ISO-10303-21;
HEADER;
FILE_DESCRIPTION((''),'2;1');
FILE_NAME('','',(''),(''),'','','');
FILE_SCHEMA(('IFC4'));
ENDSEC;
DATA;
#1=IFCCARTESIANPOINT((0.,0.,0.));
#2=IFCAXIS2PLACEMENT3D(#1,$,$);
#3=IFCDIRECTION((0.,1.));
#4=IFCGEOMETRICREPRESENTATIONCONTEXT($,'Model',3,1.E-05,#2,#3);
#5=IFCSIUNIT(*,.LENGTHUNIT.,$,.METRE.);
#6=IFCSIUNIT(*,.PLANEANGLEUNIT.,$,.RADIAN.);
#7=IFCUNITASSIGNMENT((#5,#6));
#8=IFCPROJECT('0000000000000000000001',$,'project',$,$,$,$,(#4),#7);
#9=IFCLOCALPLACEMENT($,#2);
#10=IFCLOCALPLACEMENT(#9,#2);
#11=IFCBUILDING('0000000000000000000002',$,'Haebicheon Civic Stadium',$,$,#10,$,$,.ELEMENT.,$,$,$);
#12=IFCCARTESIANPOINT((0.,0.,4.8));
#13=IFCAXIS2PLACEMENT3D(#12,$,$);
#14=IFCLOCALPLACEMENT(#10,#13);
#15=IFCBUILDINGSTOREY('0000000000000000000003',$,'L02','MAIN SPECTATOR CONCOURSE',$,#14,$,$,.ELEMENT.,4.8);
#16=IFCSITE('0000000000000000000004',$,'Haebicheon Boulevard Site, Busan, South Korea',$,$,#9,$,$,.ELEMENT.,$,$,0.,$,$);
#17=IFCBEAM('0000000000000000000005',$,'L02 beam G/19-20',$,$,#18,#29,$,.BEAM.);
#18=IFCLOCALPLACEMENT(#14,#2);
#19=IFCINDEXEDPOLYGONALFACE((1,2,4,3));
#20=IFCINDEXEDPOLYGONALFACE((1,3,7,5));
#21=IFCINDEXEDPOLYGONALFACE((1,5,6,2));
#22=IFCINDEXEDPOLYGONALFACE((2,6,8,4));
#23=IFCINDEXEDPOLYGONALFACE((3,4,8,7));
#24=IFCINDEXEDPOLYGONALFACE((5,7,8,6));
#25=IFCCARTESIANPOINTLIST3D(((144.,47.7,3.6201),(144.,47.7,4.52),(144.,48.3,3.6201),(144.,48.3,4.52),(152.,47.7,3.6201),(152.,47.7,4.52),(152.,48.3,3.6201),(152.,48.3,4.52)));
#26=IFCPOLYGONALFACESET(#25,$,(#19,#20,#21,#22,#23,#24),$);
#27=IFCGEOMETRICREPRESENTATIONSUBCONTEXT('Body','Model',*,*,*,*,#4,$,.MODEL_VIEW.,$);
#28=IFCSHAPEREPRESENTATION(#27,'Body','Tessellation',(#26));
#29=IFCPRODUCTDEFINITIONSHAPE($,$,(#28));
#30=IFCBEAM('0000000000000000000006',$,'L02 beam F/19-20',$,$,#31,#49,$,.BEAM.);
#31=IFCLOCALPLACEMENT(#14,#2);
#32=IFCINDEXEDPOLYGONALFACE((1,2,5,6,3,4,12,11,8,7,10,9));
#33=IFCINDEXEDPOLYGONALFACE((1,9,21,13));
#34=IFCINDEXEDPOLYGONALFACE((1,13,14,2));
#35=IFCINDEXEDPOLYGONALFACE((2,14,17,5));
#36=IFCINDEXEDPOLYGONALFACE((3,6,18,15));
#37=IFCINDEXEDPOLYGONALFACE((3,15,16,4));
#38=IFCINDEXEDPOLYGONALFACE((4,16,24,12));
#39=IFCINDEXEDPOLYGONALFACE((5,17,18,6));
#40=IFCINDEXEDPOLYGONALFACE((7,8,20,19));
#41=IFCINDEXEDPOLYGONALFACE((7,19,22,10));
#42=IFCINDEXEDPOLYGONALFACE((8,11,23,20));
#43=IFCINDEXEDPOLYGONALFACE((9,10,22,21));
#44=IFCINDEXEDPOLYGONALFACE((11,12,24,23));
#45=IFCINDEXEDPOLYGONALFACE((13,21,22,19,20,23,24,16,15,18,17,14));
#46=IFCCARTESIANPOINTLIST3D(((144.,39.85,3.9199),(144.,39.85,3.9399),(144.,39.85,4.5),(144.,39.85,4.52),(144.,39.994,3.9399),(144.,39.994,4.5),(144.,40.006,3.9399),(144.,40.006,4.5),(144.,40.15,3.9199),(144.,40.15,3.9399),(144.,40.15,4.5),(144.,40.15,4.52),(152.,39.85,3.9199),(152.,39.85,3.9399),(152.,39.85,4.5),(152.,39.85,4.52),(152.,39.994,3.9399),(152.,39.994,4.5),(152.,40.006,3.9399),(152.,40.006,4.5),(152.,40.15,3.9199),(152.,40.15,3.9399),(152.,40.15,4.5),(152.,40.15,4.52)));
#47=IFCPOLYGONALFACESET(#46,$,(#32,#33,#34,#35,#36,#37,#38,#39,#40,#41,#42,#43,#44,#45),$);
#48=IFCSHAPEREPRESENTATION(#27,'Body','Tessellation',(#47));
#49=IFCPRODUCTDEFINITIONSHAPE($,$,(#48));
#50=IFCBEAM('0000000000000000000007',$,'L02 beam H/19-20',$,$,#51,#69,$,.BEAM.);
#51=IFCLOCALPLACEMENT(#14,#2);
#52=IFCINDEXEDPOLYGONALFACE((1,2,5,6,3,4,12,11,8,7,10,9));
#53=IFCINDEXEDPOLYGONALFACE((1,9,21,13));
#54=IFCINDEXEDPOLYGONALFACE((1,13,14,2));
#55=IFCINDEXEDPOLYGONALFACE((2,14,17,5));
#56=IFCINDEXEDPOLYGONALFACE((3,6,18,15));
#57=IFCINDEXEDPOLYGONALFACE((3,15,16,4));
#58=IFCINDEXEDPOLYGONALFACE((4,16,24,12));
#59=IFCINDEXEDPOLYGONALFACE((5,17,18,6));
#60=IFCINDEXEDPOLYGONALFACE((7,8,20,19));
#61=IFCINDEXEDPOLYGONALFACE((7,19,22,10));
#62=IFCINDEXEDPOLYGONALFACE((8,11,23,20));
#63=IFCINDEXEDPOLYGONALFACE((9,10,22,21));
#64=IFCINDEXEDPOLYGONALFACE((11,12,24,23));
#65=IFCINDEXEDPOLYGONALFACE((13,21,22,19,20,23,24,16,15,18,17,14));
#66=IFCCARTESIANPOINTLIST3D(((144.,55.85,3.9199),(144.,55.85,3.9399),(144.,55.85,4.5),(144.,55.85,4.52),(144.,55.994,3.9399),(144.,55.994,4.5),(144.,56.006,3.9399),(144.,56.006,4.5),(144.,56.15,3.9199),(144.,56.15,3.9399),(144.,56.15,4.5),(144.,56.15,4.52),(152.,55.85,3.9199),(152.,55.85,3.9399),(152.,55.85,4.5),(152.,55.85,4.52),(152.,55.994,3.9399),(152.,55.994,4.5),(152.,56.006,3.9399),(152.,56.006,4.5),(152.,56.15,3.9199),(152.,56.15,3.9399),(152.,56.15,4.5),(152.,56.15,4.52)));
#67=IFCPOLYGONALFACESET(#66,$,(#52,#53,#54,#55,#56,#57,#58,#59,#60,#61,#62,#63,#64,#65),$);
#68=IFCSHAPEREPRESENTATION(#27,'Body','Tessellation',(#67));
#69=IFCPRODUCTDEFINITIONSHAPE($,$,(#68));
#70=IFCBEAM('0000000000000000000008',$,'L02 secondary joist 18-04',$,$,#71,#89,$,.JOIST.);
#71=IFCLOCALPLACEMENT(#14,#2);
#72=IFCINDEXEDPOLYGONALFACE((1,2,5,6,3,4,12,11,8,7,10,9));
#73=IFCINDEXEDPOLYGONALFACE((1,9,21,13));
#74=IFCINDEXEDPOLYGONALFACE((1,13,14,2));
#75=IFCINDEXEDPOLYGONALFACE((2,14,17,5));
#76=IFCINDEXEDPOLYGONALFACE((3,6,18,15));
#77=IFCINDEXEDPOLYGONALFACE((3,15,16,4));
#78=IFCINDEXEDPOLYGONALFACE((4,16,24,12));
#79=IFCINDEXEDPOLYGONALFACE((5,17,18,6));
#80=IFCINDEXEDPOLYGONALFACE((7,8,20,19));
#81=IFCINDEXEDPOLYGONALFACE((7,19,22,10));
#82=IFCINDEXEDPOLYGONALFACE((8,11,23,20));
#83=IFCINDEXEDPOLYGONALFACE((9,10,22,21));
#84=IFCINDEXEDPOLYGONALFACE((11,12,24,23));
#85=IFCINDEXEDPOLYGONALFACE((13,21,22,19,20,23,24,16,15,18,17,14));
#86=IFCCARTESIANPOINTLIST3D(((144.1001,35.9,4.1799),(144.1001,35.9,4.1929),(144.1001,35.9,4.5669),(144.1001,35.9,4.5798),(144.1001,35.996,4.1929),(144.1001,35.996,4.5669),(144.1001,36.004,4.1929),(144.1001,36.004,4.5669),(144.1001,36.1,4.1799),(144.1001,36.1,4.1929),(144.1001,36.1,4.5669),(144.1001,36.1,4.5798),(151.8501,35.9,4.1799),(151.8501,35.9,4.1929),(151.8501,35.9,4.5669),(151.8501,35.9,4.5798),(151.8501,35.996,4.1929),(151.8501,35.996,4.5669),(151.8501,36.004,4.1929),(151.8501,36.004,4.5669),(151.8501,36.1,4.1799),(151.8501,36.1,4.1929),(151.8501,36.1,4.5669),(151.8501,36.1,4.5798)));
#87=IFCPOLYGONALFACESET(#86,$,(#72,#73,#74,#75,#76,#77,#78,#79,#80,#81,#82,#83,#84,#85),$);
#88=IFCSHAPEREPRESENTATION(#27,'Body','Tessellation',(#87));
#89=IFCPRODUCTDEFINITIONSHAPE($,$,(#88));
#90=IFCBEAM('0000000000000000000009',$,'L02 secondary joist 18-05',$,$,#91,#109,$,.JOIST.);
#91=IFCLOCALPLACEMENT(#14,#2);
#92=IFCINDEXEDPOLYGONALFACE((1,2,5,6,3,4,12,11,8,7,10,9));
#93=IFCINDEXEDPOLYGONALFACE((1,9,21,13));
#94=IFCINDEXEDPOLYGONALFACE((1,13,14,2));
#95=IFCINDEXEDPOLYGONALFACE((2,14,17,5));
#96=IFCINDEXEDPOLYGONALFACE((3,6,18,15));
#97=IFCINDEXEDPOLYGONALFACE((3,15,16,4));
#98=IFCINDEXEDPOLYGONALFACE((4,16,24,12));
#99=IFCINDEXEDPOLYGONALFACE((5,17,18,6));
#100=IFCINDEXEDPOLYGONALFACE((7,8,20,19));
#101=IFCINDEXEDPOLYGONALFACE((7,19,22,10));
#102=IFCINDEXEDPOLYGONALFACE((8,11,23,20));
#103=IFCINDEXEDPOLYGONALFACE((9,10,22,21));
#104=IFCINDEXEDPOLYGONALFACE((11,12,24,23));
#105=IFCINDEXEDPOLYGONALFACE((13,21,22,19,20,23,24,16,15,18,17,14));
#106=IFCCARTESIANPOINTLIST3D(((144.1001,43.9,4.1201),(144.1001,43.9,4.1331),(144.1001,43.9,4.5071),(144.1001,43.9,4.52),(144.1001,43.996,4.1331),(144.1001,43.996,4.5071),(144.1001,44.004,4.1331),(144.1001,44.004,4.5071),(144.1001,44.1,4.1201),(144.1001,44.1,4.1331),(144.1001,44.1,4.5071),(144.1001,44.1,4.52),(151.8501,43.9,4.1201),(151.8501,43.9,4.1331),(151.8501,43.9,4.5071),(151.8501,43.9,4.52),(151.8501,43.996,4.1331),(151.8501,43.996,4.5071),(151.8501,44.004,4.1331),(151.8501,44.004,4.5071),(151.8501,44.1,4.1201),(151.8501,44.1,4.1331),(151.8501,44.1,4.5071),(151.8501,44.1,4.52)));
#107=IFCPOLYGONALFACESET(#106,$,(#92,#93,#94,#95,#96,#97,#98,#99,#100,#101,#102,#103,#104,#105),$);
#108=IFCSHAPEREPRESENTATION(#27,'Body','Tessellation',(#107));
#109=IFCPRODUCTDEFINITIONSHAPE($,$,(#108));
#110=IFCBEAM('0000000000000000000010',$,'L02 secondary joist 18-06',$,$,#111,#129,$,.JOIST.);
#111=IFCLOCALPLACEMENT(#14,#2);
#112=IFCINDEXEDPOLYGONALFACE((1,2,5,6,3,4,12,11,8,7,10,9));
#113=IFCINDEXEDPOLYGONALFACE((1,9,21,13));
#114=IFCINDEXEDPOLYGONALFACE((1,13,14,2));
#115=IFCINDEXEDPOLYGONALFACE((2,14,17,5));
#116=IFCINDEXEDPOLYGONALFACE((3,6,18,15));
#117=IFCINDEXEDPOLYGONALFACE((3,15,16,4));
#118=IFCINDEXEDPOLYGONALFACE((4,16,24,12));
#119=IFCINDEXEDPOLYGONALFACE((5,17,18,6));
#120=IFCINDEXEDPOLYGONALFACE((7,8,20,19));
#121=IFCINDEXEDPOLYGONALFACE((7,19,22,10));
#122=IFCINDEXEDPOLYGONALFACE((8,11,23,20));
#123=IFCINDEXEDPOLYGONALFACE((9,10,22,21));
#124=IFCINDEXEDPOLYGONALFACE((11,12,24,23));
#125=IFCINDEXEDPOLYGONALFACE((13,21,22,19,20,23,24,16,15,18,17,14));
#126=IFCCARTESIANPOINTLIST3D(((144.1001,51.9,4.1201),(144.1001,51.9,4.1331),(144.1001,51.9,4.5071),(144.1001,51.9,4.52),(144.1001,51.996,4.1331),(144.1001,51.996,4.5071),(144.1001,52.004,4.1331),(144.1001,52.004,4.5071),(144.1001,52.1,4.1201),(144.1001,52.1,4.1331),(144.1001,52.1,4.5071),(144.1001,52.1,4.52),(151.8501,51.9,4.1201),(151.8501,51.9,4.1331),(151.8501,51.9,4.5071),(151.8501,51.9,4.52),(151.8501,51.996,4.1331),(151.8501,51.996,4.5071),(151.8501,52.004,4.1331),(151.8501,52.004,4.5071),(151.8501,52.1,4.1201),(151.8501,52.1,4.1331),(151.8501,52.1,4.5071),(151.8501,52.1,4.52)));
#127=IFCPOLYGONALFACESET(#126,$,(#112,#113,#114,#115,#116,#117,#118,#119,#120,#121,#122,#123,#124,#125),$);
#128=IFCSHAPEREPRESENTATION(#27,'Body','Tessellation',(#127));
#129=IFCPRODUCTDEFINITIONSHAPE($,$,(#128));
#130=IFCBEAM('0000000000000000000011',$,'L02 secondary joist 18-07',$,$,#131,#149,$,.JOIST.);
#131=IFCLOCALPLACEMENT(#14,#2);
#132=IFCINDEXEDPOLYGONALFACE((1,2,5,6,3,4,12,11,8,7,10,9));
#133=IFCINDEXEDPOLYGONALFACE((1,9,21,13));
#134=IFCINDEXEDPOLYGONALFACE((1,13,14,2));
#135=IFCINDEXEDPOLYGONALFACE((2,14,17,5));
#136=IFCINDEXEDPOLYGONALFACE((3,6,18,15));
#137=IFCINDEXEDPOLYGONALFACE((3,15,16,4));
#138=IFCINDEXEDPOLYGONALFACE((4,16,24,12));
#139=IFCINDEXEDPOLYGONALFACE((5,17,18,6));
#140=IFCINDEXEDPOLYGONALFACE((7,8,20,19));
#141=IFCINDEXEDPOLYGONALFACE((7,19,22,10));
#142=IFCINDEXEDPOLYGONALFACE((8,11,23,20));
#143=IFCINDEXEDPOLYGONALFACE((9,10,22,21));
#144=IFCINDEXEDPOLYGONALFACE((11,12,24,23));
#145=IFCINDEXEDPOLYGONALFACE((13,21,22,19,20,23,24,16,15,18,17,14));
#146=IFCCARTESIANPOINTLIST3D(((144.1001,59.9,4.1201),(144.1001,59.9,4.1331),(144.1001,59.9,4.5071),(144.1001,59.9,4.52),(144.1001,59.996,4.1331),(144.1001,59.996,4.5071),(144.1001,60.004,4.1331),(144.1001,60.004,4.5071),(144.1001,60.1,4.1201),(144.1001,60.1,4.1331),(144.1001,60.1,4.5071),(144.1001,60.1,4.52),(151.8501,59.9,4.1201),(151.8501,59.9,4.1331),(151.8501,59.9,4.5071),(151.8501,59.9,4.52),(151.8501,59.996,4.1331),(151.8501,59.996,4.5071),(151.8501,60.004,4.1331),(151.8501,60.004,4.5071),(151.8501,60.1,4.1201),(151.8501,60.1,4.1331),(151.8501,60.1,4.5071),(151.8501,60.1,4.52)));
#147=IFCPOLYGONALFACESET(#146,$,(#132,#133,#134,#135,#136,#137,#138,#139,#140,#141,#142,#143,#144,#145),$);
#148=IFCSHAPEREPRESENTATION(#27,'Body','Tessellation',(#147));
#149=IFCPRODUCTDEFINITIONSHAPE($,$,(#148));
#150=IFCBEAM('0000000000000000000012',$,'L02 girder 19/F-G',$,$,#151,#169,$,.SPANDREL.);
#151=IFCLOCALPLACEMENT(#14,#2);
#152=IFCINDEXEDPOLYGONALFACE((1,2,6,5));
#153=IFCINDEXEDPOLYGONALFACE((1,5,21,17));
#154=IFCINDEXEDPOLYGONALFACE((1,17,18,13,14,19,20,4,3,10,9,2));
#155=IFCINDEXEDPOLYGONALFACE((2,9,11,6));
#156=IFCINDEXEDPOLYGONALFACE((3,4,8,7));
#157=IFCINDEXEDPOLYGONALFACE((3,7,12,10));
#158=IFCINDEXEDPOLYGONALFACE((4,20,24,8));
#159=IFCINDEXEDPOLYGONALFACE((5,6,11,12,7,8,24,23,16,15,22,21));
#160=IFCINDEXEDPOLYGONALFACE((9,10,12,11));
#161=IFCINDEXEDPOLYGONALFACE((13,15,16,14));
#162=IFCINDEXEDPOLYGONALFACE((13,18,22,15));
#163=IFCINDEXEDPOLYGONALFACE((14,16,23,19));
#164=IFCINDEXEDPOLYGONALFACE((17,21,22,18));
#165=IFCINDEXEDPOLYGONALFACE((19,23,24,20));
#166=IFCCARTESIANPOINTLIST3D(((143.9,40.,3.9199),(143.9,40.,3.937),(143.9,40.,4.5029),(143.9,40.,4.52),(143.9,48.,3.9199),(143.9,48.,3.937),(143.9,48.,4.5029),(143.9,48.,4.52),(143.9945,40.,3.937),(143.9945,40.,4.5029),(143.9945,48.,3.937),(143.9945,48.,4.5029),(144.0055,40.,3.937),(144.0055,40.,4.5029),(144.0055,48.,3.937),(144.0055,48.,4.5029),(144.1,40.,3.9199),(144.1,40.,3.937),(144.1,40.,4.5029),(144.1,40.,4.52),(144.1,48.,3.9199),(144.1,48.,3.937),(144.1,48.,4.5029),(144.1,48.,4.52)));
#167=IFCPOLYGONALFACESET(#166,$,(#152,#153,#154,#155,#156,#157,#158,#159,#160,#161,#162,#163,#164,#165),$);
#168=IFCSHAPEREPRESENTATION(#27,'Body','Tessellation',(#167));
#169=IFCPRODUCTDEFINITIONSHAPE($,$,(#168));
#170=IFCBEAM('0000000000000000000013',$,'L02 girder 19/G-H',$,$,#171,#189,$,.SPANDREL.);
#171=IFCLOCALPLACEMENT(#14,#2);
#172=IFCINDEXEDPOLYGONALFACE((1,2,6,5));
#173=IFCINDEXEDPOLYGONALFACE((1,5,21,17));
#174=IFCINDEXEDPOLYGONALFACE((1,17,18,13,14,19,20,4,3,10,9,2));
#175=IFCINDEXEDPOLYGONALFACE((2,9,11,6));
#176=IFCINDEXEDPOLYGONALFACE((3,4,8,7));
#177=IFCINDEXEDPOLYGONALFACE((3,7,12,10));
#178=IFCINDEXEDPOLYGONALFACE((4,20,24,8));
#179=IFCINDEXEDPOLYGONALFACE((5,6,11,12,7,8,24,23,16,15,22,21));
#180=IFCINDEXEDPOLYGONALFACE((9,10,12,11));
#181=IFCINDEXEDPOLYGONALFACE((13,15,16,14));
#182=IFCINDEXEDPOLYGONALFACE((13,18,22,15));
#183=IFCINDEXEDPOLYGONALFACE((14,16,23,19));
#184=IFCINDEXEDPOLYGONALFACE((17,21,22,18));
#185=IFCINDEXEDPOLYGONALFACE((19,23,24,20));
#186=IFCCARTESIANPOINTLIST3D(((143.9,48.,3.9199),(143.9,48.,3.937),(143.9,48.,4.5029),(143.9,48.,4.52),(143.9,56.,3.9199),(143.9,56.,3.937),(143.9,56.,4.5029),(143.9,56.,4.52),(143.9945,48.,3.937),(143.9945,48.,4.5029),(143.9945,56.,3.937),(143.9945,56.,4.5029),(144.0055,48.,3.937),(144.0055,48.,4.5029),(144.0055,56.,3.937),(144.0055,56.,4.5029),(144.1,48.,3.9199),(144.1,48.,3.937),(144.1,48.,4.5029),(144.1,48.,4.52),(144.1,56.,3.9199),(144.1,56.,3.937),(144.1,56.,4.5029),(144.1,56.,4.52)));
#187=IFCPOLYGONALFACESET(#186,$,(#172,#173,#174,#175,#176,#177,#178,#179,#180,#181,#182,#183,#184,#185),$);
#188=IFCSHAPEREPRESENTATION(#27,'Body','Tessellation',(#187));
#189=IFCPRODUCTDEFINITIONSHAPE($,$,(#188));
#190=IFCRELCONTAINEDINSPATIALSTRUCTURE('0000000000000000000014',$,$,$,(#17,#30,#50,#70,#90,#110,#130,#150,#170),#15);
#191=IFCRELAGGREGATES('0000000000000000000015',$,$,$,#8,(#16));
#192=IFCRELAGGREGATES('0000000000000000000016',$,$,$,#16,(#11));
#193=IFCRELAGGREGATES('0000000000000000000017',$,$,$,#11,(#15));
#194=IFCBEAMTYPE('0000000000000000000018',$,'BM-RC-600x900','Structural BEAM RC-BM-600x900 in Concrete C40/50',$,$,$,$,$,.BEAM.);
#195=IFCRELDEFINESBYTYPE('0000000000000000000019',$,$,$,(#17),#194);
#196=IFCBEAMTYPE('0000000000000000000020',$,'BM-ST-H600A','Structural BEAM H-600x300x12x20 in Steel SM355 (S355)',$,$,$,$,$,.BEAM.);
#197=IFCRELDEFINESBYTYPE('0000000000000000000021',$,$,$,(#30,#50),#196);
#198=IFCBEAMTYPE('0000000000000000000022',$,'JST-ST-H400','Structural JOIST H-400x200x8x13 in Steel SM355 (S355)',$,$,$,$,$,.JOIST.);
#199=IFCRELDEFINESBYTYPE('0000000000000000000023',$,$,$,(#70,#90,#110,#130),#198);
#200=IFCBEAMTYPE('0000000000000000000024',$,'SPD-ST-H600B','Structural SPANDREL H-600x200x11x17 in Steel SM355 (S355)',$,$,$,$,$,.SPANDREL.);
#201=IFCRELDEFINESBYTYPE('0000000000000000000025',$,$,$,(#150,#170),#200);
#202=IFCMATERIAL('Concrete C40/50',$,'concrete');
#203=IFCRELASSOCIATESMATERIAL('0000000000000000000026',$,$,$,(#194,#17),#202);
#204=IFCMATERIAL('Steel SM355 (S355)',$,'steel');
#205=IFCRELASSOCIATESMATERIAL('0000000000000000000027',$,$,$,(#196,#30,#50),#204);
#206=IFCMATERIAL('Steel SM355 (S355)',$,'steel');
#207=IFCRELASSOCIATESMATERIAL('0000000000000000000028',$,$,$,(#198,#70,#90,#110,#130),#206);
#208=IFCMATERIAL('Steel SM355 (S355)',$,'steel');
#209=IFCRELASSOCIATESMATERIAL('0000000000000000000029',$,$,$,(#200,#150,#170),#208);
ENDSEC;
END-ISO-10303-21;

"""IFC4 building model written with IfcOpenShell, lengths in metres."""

from ifc_helpers import new_model, si_unit, direction, frame, origin, origin_2d, place, context, subcontext, project, spatial, rectangle, i_section, extrude, material, material_profile, profile_set, type_object, element, save


model = new_model("IFC4")

# Units and contexts
model_context = context("Model", 3, precision=1e-05, world=origin(), true_north=direction((0.0, 1.0)))
body_context = subcontext(model_context, "Body", "Model", "MODEL_VIEW")
ifc_project = project(units=[si_unit("LENGTHUNIT", "METRE"), si_unit("PLANEANGLEUNIT", "RADIAN")], contexts=[model_context])

# Site, building, storey
site_placement = place(None, origin())
site = spatial("IfcSite", under=ifc_project, at=site_placement, Name="Haebicheon Boulevard Site, Busan, South Korea", CompositionType="ELEMENT", RefElevation=0.0)
building_placement = place(site_placement, origin())
building = spatial("IfcBuilding", under=site, at=building_placement, Name="Haebicheon Civic Stadium", CompositionType="ELEMENT")
storey_placement = place(building_placement, frame((0.0, 0.0, 4.8)))
storey = spatial("IfcBuildingStorey", under=building, at=storey_placement, Name="L02", Description="MAIN SPECTATOR CONCOURSE", CompositionType="ELEMENT", Elevation=4.8)

# Beams
ifc_material_1 = material(Name="Concrete C40/50", Category="concrete")
ifc_material_profile_1 = material_profile(ifc_material_1, rectangle(XDim=0.6001, YDim=0.8999, at=origin_2d()), Name="RC-BM-600x900")
ifc_profile_set_1 = profile_set([ifc_material_profile_1], Name="Concrete C40/50")
beam_type_1 = type_object("IfcBeamType", Name="BM-RC-600x900", Description="Structural BEAM RC-BM-600x900 in Concrete C40/50", PredefinedType="BEAM", material=ifc_profile_set_1)
beam_placement = place(storey_placement, frame((144.0, 48.0, 4.0701), z_axis=(1.0, 0.0, 0.0), x_axis=(0.0, 1.0, 0.0)))
element("IfcBeam", 1, at=beam_placement, inside=storey, type_object=beam_type_1, material=ifc_profile_set_1, Name="L02 beam G/19-20", PredefinedType="BEAM", context=body_context, shape_type="SweptSolid", body=[
    extrude(rectangle(XDim=0.6001, YDim=0.8999, at=origin_2d()), origin(), (0.0, 0.0, 1.0), 8.0),
])
ifc_material_2 = material(Name="Steel SM355 (S355)", Category="steel")
ifc_material_profile_2 = material_profile(ifc_material_2, i_section(OverallWidth=0.3, OverallDepth=0.6001, WebThickness=0.012, FlangeThickness=0.02, at=origin_2d()), Name="H-600x300x12x20")
ifc_profile_set_2 = profile_set([ifc_material_profile_2], Name="Steel SM355 (S355)")
beam_type_2 = type_object("IfcBeamType", Name="BM-ST-H600A", Description="Structural BEAM H-600x300x12x20 in Steel SM355 (S355)", PredefinedType="BEAM", material=ifc_profile_set_2)
for number, where, z_axis, x_axis, name in (
    (2, (144.0, 40.0, 4.22), (1.0, 0.0, 0.0), (0.0, 1.0, 0.0), "L02 beam F/19-20"),
    (3, (144.0, 56.0, 4.22), (1.0, 0.0, 0.0), (0.0, 1.0, 0.0), "L02 beam H/19-20"),
):
    element("IfcBeam", number, at=place(storey_placement, frame(where, z_axis=z_axis, x_axis=x_axis)), inside=storey, type_object=beam_type_2, material=ifc_profile_set_2, Name=name, PredefinedType="BEAM", context=body_context, shape_type="SweptSolid", body=[
        extrude(i_section(OverallWidth=0.3, OverallDepth=0.6001, WebThickness=0.012, FlangeThickness=0.02, at=origin_2d()), origin(), (0.0, 0.0, 1.0), 8.0),
    ])
ifc_material_3 = material(Name="Steel SM355 (S355)", Category="steel")
ifc_material_profile_3 = material_profile(ifc_material_3, i_section(OverallWidth=0.2, OverallDepth=0.3999, WebThickness=0.0081, FlangeThickness=0.0129, at=origin_2d()), Name="H-400x200x8x13")
ifc_profile_set_3 = profile_set([ifc_material_profile_3], Name="Steel SM355 (S355)")
beam_type_3 = type_object("IfcBeamType", Name="JST-ST-H400", Description="Structural JOIST H-400x200x8x13 in Steel SM355 (S355)", PredefinedType="JOIST", material=ifc_profile_set_3)
for number, where, z_axis, x_axis, name in (
    (4, (144.1001, 36.0, 4.3799), (1.0, 0.0, 0.0), (0.0, 1.0, 0.0), "L02 secondary joist 18-04"),
    (5, (144.1001, 44.0, 4.3201), (1.0, 0.0, 0.0), (0.0, 1.0, 0.0), "L02 secondary joist 18-05"),
    (6, (144.1001, 52.0, 4.3201), (1.0, 0.0, 0.0), (0.0, 1.0, 0.0), "L02 secondary joist 18-06"),
    (7, (144.1001, 60.0, 4.3201), (1.0, 0.0, 0.0), (0.0, 1.0, 0.0), "L02 secondary joist 18-07"),
):
    element("IfcBeam", number, at=place(storey_placement, frame(where, z_axis=z_axis, x_axis=x_axis)), inside=storey, type_object=beam_type_3, material=ifc_profile_set_3, Name=name, PredefinedType="JOIST", context=body_context, shape_type="SweptSolid", body=[
        extrude(i_section(OverallWidth=0.2, OverallDepth=0.3999, WebThickness=0.0081, FlangeThickness=0.0129, at=origin_2d()), origin(), (0.0, 0.0, 1.0), 7.75),
    ])
ifc_material_4 = material(Name="Steel SM355 (S355)", Category="steel")
ifc_material_profile_4 = material_profile(ifc_material_4, i_section(OverallWidth=0.2, OverallDepth=0.6001, WebThickness=0.011, FlangeThickness=0.0171, at=origin_2d()), Name="H-600x200x11x17")
ifc_profile_set_4 = profile_set([ifc_material_profile_4], Name="Steel SM355 (S355)")
beam_type_4 = type_object("IfcBeamType", Name="SPD-ST-H600B", Description="Structural SPANDREL H-600x200x11x17 in Steel SM355 (S355)", PredefinedType="SPANDREL", material=ifc_profile_set_4)
for number, where, z_axis, x_axis, name in (
    (8, (144.0, 40.0, 4.22), (0.0, 1.0, 0.0), (-1.0, 0.0, 0.0), "L02 girder 19/F-G"),
    (9, (144.0, 48.0, 4.22), (0.0, 1.0, 0.0), (-1.0, 0.0, 0.0), "L02 girder 19/G-H"),
):
    element("IfcBeam", number, at=place(storey_placement, frame(where, z_axis=z_axis, x_axis=x_axis)), inside=storey, type_object=beam_type_4, material=ifc_profile_set_4, Name=name, PredefinedType="SPANDREL", context=body_context, shape_type="SweptSolid", body=[
        extrude(i_section(OverallWidth=0.2, OverallDepth=0.6001, WebThickness=0.011, FlangeThickness=0.0171, at=origin_2d()), origin(), (0.0, 0.0, 1.0), 8.0),
    ])

save(model, "model.ifc")
